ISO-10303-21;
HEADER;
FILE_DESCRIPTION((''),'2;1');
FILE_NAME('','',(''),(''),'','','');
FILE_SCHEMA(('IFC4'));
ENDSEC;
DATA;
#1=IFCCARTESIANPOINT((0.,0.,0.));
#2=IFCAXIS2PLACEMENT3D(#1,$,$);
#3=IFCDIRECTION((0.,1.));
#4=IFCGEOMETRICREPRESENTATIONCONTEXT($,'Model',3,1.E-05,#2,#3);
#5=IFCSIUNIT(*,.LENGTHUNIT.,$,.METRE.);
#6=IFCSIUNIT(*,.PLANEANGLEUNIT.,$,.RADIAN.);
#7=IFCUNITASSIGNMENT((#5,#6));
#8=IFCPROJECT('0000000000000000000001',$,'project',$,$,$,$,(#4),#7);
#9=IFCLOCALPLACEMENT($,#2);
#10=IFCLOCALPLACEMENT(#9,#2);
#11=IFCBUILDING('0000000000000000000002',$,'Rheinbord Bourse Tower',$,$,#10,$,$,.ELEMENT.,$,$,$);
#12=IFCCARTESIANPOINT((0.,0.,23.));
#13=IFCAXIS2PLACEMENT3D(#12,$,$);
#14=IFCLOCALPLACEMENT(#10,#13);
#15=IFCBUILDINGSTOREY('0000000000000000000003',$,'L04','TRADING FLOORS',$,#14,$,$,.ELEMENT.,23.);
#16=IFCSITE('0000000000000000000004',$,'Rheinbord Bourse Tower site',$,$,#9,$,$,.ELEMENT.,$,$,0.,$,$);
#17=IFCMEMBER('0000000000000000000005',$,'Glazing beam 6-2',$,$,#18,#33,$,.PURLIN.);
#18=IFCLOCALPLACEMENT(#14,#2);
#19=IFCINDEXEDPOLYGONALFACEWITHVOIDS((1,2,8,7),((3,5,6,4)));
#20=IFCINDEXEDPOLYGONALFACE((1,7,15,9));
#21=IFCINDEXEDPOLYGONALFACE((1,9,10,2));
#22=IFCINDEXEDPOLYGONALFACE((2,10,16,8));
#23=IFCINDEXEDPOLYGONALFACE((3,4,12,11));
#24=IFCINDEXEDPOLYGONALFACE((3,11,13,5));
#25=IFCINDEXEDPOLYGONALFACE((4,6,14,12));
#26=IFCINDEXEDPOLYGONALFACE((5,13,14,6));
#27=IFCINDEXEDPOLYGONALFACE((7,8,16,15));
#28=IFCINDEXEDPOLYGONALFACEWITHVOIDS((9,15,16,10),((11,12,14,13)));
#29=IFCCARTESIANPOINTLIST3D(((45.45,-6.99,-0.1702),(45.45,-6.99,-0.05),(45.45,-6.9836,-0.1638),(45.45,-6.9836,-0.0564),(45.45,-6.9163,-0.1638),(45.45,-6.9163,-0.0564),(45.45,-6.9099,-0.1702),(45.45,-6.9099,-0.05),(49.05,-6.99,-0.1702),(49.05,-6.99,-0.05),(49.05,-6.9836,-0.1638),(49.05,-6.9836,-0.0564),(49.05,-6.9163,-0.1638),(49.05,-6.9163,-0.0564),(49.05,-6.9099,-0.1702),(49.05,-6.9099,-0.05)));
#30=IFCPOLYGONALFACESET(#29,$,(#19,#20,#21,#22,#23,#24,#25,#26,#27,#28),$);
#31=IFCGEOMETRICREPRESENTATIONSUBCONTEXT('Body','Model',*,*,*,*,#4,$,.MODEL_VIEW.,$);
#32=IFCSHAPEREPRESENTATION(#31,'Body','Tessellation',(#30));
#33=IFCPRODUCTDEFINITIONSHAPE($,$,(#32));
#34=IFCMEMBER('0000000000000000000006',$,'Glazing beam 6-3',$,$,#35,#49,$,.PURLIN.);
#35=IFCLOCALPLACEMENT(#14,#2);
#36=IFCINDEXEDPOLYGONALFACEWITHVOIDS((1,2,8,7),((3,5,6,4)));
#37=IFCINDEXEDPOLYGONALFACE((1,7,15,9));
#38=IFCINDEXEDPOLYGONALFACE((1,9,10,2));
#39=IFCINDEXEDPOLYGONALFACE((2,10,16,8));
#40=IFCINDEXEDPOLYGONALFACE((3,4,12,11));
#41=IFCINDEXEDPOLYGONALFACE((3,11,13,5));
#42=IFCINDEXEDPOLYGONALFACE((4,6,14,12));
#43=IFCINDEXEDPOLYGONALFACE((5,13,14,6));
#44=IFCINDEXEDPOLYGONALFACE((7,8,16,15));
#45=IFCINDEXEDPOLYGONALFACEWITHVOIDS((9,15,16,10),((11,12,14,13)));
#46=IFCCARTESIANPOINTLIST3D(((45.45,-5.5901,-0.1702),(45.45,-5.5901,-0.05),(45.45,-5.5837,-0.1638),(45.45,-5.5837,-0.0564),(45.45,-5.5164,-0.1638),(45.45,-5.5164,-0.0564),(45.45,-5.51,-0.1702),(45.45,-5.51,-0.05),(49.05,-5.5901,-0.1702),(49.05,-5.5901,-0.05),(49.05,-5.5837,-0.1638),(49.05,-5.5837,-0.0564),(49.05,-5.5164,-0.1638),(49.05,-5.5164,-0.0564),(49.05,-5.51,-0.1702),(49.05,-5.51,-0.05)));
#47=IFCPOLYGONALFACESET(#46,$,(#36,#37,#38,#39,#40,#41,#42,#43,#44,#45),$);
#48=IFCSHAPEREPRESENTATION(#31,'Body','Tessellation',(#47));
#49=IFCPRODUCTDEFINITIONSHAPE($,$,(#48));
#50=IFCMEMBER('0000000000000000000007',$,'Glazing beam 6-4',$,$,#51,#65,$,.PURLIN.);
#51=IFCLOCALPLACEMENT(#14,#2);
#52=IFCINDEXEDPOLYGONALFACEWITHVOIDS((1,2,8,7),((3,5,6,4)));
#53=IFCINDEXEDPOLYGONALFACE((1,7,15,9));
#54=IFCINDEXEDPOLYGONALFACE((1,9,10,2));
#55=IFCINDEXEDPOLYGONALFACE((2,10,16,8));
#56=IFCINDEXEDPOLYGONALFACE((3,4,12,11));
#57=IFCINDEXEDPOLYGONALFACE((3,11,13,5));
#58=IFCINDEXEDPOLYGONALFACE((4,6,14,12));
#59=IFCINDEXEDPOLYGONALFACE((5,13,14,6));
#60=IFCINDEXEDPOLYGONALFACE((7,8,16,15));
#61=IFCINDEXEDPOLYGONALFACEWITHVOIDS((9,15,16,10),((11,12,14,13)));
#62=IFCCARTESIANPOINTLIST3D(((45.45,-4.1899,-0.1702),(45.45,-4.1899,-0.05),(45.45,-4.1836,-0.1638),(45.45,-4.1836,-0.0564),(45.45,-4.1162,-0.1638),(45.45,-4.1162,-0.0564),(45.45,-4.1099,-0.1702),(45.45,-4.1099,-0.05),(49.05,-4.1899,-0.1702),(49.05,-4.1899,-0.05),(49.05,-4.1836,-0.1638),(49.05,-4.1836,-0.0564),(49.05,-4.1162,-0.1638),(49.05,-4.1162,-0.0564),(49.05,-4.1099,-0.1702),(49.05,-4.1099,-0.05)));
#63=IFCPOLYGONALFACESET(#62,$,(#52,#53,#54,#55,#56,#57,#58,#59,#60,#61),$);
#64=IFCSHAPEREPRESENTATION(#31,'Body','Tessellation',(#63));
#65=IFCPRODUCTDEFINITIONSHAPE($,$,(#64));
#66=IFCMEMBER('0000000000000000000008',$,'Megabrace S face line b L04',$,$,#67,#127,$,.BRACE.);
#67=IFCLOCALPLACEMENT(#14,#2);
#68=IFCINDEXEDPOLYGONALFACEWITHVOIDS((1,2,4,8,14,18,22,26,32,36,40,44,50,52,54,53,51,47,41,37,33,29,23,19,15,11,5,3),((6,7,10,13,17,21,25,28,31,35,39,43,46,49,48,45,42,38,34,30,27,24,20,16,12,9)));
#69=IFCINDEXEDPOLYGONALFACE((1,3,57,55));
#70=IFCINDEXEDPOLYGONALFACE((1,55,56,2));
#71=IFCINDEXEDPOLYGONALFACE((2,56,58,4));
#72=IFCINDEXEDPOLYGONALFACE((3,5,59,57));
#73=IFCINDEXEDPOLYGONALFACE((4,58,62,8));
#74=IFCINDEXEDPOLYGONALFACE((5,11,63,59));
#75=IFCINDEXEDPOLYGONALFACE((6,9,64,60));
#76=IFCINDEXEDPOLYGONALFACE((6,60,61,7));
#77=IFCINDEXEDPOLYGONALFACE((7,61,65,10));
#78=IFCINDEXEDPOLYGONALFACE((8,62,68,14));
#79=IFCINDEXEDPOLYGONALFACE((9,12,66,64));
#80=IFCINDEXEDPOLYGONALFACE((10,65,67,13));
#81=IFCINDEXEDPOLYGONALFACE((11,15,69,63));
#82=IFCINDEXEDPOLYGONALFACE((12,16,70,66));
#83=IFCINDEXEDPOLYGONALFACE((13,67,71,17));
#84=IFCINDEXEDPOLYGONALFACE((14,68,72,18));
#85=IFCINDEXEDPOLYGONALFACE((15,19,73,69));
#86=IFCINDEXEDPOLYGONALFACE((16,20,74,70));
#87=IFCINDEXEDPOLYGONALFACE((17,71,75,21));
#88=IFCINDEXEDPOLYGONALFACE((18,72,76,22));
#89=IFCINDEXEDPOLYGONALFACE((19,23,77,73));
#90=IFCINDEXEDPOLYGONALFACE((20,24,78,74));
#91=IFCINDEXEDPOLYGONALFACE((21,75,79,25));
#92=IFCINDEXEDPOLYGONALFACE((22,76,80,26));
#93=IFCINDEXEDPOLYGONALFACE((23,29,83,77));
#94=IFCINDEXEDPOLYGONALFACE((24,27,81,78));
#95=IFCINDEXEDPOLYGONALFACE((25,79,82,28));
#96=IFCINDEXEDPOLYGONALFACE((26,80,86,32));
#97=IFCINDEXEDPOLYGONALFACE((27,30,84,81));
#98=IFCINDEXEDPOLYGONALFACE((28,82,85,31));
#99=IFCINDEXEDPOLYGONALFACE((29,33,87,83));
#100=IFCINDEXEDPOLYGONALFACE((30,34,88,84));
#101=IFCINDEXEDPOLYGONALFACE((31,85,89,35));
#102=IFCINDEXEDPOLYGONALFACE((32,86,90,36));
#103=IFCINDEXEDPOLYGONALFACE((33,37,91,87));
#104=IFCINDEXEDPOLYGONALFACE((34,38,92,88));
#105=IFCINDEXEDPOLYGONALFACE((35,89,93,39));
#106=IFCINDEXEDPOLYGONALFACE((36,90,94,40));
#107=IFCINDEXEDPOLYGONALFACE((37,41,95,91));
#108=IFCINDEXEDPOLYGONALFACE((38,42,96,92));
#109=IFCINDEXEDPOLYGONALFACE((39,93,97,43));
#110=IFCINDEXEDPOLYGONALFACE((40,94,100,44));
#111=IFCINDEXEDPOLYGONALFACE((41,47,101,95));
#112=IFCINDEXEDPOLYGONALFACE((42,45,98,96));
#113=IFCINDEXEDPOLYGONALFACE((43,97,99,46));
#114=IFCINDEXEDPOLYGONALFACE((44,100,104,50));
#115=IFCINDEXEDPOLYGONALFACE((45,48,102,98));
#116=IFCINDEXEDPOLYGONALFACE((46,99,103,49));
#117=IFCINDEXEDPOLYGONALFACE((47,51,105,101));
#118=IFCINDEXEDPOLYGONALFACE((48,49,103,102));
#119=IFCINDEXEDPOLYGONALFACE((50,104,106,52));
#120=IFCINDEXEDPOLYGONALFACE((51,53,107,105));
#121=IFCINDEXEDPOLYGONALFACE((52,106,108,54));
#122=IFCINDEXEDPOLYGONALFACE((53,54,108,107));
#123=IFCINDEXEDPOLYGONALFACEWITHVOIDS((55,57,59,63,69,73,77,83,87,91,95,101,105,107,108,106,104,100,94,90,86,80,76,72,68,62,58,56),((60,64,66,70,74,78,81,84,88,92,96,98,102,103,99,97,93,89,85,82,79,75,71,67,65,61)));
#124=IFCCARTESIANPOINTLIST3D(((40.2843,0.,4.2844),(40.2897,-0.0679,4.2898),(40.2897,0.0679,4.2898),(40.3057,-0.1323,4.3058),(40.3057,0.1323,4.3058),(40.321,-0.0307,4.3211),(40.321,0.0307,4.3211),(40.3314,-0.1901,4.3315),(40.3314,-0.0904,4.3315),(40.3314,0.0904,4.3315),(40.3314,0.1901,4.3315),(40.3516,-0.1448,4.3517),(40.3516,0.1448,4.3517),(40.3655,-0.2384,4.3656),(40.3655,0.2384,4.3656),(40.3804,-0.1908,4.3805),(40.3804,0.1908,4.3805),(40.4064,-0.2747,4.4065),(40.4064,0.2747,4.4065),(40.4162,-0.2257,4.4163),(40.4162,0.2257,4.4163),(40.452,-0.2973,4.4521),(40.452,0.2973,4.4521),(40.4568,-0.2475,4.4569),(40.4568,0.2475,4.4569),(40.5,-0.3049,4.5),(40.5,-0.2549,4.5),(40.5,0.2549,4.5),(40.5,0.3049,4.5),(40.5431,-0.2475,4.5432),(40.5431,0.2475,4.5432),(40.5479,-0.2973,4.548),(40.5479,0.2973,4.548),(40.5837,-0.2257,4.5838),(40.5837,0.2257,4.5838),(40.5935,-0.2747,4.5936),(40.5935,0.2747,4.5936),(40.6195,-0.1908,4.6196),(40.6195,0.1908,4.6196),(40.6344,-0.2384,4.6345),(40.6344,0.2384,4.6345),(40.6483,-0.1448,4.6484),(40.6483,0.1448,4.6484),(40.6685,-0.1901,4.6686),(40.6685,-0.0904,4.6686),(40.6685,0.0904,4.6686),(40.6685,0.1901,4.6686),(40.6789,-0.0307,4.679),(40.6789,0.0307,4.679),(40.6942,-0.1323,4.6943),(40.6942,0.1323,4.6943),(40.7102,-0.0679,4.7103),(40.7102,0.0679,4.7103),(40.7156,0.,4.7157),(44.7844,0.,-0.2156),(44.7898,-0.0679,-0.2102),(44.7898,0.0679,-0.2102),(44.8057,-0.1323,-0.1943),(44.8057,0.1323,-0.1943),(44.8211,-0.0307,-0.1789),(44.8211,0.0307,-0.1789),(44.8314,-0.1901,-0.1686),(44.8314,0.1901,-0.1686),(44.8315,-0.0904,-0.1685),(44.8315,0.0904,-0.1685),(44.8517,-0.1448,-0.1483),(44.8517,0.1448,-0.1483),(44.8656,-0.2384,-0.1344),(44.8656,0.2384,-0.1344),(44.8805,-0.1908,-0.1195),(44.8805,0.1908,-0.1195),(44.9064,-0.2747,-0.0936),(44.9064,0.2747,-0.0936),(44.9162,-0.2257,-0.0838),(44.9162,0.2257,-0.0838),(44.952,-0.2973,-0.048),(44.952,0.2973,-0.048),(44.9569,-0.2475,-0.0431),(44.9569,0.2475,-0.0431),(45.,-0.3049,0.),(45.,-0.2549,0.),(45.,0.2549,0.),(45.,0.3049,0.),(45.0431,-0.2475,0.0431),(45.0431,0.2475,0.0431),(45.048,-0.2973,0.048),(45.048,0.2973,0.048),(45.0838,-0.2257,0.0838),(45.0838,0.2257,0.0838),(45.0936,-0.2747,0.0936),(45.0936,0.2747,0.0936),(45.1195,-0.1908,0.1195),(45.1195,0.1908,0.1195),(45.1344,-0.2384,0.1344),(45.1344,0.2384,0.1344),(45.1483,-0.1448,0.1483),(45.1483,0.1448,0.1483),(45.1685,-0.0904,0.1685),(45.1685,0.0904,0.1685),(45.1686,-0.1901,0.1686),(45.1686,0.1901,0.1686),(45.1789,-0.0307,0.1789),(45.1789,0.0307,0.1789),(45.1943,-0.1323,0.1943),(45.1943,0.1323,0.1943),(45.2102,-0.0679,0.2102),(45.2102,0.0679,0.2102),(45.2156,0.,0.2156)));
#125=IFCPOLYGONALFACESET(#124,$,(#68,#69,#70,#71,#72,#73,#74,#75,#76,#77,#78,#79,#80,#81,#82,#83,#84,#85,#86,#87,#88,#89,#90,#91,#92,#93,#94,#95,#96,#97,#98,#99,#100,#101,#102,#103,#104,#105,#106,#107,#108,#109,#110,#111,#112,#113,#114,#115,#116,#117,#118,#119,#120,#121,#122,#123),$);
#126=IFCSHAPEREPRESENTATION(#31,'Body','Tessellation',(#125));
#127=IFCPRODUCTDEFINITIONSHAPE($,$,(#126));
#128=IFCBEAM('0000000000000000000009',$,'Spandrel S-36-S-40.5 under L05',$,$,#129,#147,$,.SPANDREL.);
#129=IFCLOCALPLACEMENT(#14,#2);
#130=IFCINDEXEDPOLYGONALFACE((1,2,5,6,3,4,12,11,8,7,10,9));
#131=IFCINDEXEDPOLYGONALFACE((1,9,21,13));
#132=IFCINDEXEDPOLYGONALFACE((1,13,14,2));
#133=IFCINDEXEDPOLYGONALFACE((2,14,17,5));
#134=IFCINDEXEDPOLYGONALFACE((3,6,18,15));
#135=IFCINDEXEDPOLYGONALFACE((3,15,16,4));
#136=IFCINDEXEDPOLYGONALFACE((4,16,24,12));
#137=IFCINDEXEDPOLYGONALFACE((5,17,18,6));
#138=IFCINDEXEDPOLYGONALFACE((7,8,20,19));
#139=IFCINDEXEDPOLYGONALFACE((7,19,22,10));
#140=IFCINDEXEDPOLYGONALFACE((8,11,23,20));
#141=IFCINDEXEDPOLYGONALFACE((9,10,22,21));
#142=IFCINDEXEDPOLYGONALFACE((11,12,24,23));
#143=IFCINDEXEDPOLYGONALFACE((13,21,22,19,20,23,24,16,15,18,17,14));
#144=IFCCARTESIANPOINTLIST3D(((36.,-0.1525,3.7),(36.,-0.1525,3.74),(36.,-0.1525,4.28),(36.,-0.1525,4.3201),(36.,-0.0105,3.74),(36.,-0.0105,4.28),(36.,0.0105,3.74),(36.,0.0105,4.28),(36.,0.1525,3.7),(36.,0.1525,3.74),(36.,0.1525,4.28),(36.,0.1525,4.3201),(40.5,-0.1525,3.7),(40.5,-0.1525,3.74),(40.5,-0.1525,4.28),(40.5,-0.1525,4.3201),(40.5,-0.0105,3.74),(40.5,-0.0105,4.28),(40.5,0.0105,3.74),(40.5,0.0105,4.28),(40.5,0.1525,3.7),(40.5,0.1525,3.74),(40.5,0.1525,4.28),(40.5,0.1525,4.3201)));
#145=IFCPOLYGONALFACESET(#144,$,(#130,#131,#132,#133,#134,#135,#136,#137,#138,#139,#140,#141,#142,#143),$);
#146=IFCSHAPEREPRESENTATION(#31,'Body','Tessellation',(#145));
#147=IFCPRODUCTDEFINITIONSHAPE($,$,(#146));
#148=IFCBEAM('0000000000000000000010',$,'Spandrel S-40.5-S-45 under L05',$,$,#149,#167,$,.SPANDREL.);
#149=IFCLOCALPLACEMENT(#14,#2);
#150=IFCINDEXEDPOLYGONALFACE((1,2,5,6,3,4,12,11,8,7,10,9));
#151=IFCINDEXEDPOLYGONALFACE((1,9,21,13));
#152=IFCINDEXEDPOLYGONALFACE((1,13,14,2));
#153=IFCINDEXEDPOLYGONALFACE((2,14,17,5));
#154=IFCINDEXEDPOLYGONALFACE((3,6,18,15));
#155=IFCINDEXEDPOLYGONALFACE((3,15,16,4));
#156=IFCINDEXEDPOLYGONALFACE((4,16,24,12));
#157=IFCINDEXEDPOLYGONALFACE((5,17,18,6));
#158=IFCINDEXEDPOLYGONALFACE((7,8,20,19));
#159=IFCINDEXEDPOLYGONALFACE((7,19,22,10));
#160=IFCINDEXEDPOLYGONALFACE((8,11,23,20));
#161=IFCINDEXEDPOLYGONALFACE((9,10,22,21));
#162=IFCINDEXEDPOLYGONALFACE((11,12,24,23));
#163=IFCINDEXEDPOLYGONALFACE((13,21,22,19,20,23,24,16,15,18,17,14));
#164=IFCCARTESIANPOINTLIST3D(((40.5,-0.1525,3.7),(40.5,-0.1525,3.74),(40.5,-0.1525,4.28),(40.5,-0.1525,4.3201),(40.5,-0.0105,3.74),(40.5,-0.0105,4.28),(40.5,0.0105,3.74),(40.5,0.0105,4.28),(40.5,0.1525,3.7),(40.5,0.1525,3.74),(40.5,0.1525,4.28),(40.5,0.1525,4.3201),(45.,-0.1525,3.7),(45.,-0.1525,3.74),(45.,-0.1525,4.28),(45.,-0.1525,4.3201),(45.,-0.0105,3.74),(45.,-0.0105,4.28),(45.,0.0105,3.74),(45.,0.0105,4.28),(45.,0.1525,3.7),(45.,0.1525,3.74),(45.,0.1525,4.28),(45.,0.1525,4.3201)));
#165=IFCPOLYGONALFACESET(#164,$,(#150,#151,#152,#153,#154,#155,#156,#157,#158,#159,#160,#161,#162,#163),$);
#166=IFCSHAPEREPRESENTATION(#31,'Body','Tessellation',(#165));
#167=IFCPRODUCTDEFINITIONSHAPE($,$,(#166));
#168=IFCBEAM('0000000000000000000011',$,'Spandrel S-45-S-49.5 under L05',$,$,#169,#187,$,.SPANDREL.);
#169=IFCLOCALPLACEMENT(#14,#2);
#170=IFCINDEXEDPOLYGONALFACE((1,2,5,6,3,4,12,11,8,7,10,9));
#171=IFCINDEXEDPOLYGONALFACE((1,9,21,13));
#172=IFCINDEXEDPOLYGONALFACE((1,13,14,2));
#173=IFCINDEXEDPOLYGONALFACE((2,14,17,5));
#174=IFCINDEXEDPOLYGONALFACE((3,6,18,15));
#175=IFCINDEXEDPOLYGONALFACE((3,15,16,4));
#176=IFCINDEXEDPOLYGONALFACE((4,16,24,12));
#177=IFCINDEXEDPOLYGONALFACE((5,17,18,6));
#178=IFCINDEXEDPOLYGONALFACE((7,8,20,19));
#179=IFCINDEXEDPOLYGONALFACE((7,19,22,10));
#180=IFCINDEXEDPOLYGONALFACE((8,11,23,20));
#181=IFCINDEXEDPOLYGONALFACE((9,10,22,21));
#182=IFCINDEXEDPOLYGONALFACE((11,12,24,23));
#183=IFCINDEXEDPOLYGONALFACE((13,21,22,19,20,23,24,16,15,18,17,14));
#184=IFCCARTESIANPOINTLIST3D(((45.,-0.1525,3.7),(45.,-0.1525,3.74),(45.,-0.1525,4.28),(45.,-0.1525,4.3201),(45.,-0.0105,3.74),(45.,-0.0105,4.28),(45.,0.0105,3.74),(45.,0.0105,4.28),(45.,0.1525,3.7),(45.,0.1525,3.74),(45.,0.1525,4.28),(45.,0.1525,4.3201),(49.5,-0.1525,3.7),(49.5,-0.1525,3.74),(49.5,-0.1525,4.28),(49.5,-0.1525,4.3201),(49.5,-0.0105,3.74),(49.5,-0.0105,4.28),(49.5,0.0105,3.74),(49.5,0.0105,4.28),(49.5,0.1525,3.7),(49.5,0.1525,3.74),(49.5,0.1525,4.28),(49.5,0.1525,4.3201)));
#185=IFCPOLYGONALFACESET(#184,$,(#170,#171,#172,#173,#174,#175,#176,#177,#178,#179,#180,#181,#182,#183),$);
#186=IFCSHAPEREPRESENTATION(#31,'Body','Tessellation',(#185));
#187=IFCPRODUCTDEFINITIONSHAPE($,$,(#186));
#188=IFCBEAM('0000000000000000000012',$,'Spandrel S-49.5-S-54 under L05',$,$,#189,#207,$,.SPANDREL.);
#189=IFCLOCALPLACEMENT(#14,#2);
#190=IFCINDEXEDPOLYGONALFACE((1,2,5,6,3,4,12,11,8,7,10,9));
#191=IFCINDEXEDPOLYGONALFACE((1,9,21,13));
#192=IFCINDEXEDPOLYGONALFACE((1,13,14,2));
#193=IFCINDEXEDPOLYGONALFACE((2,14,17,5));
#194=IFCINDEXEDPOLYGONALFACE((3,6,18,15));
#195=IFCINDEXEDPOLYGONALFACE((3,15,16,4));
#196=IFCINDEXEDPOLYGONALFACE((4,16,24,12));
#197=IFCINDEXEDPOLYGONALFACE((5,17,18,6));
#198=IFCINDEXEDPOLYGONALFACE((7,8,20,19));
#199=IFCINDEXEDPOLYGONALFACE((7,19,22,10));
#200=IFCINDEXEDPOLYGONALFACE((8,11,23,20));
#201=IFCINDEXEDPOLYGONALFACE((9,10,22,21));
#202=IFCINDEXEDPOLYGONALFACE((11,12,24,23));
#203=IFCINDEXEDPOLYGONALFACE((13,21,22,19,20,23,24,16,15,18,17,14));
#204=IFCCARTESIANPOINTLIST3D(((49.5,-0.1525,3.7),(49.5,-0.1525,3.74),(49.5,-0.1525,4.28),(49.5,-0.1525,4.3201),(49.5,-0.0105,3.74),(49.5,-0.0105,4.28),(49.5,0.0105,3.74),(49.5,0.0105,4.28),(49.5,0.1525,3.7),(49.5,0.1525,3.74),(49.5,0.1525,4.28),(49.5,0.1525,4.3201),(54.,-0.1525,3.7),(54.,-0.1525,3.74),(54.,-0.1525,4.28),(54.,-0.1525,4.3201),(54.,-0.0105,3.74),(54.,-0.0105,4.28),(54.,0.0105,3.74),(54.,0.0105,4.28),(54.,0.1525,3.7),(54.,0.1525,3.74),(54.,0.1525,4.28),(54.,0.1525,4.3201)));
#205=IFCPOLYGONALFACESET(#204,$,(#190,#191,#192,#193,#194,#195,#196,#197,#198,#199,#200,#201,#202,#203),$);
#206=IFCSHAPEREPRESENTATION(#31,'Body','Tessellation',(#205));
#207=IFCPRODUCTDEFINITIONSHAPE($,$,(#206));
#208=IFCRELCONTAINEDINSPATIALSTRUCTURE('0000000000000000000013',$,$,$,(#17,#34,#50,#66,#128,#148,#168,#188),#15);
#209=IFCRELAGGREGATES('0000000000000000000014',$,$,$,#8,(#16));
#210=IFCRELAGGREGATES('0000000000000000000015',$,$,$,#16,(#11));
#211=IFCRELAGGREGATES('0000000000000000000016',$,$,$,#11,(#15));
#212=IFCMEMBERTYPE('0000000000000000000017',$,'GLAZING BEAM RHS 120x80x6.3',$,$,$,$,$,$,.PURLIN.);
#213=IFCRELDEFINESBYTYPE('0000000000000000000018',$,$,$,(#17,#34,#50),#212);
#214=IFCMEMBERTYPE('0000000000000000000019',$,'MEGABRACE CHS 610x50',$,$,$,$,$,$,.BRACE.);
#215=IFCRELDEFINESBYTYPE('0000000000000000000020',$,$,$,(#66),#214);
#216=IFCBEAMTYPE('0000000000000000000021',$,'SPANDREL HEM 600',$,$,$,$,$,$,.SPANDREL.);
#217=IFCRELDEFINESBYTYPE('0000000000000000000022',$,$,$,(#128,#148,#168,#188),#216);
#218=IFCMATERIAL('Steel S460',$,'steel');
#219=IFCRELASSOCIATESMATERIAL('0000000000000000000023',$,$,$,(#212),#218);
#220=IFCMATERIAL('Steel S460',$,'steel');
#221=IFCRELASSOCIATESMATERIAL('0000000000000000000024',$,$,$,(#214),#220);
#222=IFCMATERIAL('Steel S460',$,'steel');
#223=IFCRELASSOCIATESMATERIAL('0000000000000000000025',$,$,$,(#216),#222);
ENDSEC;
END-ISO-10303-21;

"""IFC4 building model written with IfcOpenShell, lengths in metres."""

from ifc_helpers import new_model, si_unit, direction, frame, origin, origin_2d, place, context, subcontext, project, spatial, hollow_rectangle, hollow_circle, i_section, extrude, material, material_profile, profile_set, type_object, element, save


model = new_model("IFC4")

# Units and contexts
model_context = context("Model", 3, precision=1e-05, world=origin(), true_north=direction((0.0, 1.0)))
body_context = subcontext(model_context, "Body", "Model", "MODEL_VIEW")
ifc_project = project(units=[si_unit("LENGTHUNIT", "METRE"), si_unit("PLANEANGLEUNIT", "RADIAN")], contexts=[model_context])

# Site, building, storey
site_placement = place(None, origin())
site = spatial("IfcSite", under=ifc_project, at=site_placement, Name="Rheinbord Bourse Tower site", CompositionType="ELEMENT", RefElevation=0.0)
building_placement = place(site_placement, origin())
building = spatial("IfcBuilding", under=site, at=building_placement, Name="Rheinbord Bourse Tower", CompositionType="ELEMENT")
storey_placement = place(building_placement, frame((0.0, 0.0, 23.0)))
storey = spatial("IfcBuildingStorey", under=building, at=storey_placement, Name="L04", Description="TRADING FLOORS", CompositionType="ELEMENT", Elevation=23.0)

# Members
ifc_material_1 = material(Name="Steel S460", Category="steel")
ifc_material_profile_1 = material_profile(ifc_material_1, hollow_rectangle(XDim=0.0801, YDim=0.1201, WallThickness=0.0063, at=origin_2d()), Name="RHS 120x80x6.3")
ifc_profile_set_1 = profile_set([ifc_material_profile_1], Name="Steel S460")
member_type_1 = type_object("IfcMemberType", Name="GLAZING BEAM RHS 120x80x6.3", PredefinedType="PURLIN", material=ifc_profile_set_1)
for number, where, z_axis, x_axis, name in (
    (1, (45.45, -6.95, -0.1101), (1.0, 0.0, 0.0), (0.0, 1.0, 0.0), "Glazing beam 6-2"),
    (2, (45.45, -5.55, -0.1101), (1.0, 0.0, 0.0), (0.0, 1.0, 0.0), "Glazing beam 6-3"),
    (3, (45.45, -4.1499, -0.1101), (1.0, 0.0, 0.0), (0.0, 1.0, 0.0), "Glazing beam 6-4"),
):
    element("IfcMember", number, at=place(storey_placement, frame(where, z_axis=z_axis, x_axis=x_axis)), inside=storey, type_object=member_type_1, Name=name, PredefinedType="PURLIN", context=body_context, shape_type="SweptSolid", body=[
        extrude(hollow_rectangle(XDim=0.0801, YDim=0.1201, WallThickness=0.0063, at=origin_2d()), origin(), (0.0, 0.0, 1.0), 3.6001),
    ])
ifc_material_2 = material(Name="Steel S460", Category="steel")
ifc_material_profile_2 = material_profile(ifc_material_2, hollow_circle(Radius=0.3049, WallThickness=0.05, at=origin_2d()), Name="CHS 610x50")
ifc_profile_set_2 = profile_set([ifc_material_profile_2], Name="Steel S460")
member_type_2 = type_object("IfcMemberType", Name="MEGABRACE CHS 610x50", PredefinedType="BRACE", material=ifc_profile_set_2)
member_1_placement = place(storey_placement, frame((45.0, 0.0, 0.0), z_axis=(-0.707107, 0.0, 0.707107), x_axis=(0.0, -1.0, 0.0)))
element("IfcMember", 4, at=member_1_placement, inside=storey, type_object=member_type_2, Name="Megabrace S face line b L04", PredefinedType="BRACE", context=body_context, shape_type="SweptSolid", body=[
    extrude(hollow_circle(Radius=0.3049, WallThickness=0.05, at=origin_2d()), origin(), (0.0, 0.0, 1.0), 6.364),
])

# Beams
ifc_material_3 = material(Name="Steel S460", Category="steel")
ifc_material_profile_3 = material_profile(ifc_material_3, i_section(OverallWidth=0.3049, OverallDepth=0.6201, WebThickness=0.021, FlangeThickness=0.04, at=origin_2d()), Name="HEM 600")
ifc_profile_set_3 = profile_set([ifc_material_profile_3], Name="Steel S460")
beam_type_1 = type_object("IfcBeamType", Name="SPANDREL HEM 600", PredefinedType="SPANDREL", material=ifc_profile_set_3)
for number, where, z_axis, x_axis, name in (
    (5, (36.0, 0.0, 4.01), (1.0, 0.0, 0.0), (0.0, 1.0, 0.0), "Spandrel S-36-S-40.5 under L05"),
    (6, (40.5, 0.0, 4.01), (1.0, 0.0, 0.0), (0.0, 1.0, 0.0), "Spandrel S-40.5-S-45 under L05"),
    (7, (45.0, 0.0, 4.01), (1.0, 0.0, 0.0), (0.0, 1.0, 0.0), "Spandrel S-45-S-49.5 under L05"),
    (8, (49.5, 0.0, 4.01), (1.0, 0.0, 0.0), (0.0, 1.0, 0.0), "Spandrel S-49.5-S-54 under L05"),
):
    element("IfcBeam", number, at=place(storey_placement, frame(where, z_axis=z_axis, x_axis=x_axis)), inside=storey, type_object=beam_type_1, Name=name, PredefinedType="SPANDREL", context=body_context, shape_type="SweptSolid", body=[
        extrude(i_section(OverallWidth=0.3049, OverallDepth=0.6201, WebThickness=0.021, FlangeThickness=0.04, at=origin_2d()), origin(), (0.0, 0.0, 1.0), 4.5),
    ])

save(model, "model.ifc")
